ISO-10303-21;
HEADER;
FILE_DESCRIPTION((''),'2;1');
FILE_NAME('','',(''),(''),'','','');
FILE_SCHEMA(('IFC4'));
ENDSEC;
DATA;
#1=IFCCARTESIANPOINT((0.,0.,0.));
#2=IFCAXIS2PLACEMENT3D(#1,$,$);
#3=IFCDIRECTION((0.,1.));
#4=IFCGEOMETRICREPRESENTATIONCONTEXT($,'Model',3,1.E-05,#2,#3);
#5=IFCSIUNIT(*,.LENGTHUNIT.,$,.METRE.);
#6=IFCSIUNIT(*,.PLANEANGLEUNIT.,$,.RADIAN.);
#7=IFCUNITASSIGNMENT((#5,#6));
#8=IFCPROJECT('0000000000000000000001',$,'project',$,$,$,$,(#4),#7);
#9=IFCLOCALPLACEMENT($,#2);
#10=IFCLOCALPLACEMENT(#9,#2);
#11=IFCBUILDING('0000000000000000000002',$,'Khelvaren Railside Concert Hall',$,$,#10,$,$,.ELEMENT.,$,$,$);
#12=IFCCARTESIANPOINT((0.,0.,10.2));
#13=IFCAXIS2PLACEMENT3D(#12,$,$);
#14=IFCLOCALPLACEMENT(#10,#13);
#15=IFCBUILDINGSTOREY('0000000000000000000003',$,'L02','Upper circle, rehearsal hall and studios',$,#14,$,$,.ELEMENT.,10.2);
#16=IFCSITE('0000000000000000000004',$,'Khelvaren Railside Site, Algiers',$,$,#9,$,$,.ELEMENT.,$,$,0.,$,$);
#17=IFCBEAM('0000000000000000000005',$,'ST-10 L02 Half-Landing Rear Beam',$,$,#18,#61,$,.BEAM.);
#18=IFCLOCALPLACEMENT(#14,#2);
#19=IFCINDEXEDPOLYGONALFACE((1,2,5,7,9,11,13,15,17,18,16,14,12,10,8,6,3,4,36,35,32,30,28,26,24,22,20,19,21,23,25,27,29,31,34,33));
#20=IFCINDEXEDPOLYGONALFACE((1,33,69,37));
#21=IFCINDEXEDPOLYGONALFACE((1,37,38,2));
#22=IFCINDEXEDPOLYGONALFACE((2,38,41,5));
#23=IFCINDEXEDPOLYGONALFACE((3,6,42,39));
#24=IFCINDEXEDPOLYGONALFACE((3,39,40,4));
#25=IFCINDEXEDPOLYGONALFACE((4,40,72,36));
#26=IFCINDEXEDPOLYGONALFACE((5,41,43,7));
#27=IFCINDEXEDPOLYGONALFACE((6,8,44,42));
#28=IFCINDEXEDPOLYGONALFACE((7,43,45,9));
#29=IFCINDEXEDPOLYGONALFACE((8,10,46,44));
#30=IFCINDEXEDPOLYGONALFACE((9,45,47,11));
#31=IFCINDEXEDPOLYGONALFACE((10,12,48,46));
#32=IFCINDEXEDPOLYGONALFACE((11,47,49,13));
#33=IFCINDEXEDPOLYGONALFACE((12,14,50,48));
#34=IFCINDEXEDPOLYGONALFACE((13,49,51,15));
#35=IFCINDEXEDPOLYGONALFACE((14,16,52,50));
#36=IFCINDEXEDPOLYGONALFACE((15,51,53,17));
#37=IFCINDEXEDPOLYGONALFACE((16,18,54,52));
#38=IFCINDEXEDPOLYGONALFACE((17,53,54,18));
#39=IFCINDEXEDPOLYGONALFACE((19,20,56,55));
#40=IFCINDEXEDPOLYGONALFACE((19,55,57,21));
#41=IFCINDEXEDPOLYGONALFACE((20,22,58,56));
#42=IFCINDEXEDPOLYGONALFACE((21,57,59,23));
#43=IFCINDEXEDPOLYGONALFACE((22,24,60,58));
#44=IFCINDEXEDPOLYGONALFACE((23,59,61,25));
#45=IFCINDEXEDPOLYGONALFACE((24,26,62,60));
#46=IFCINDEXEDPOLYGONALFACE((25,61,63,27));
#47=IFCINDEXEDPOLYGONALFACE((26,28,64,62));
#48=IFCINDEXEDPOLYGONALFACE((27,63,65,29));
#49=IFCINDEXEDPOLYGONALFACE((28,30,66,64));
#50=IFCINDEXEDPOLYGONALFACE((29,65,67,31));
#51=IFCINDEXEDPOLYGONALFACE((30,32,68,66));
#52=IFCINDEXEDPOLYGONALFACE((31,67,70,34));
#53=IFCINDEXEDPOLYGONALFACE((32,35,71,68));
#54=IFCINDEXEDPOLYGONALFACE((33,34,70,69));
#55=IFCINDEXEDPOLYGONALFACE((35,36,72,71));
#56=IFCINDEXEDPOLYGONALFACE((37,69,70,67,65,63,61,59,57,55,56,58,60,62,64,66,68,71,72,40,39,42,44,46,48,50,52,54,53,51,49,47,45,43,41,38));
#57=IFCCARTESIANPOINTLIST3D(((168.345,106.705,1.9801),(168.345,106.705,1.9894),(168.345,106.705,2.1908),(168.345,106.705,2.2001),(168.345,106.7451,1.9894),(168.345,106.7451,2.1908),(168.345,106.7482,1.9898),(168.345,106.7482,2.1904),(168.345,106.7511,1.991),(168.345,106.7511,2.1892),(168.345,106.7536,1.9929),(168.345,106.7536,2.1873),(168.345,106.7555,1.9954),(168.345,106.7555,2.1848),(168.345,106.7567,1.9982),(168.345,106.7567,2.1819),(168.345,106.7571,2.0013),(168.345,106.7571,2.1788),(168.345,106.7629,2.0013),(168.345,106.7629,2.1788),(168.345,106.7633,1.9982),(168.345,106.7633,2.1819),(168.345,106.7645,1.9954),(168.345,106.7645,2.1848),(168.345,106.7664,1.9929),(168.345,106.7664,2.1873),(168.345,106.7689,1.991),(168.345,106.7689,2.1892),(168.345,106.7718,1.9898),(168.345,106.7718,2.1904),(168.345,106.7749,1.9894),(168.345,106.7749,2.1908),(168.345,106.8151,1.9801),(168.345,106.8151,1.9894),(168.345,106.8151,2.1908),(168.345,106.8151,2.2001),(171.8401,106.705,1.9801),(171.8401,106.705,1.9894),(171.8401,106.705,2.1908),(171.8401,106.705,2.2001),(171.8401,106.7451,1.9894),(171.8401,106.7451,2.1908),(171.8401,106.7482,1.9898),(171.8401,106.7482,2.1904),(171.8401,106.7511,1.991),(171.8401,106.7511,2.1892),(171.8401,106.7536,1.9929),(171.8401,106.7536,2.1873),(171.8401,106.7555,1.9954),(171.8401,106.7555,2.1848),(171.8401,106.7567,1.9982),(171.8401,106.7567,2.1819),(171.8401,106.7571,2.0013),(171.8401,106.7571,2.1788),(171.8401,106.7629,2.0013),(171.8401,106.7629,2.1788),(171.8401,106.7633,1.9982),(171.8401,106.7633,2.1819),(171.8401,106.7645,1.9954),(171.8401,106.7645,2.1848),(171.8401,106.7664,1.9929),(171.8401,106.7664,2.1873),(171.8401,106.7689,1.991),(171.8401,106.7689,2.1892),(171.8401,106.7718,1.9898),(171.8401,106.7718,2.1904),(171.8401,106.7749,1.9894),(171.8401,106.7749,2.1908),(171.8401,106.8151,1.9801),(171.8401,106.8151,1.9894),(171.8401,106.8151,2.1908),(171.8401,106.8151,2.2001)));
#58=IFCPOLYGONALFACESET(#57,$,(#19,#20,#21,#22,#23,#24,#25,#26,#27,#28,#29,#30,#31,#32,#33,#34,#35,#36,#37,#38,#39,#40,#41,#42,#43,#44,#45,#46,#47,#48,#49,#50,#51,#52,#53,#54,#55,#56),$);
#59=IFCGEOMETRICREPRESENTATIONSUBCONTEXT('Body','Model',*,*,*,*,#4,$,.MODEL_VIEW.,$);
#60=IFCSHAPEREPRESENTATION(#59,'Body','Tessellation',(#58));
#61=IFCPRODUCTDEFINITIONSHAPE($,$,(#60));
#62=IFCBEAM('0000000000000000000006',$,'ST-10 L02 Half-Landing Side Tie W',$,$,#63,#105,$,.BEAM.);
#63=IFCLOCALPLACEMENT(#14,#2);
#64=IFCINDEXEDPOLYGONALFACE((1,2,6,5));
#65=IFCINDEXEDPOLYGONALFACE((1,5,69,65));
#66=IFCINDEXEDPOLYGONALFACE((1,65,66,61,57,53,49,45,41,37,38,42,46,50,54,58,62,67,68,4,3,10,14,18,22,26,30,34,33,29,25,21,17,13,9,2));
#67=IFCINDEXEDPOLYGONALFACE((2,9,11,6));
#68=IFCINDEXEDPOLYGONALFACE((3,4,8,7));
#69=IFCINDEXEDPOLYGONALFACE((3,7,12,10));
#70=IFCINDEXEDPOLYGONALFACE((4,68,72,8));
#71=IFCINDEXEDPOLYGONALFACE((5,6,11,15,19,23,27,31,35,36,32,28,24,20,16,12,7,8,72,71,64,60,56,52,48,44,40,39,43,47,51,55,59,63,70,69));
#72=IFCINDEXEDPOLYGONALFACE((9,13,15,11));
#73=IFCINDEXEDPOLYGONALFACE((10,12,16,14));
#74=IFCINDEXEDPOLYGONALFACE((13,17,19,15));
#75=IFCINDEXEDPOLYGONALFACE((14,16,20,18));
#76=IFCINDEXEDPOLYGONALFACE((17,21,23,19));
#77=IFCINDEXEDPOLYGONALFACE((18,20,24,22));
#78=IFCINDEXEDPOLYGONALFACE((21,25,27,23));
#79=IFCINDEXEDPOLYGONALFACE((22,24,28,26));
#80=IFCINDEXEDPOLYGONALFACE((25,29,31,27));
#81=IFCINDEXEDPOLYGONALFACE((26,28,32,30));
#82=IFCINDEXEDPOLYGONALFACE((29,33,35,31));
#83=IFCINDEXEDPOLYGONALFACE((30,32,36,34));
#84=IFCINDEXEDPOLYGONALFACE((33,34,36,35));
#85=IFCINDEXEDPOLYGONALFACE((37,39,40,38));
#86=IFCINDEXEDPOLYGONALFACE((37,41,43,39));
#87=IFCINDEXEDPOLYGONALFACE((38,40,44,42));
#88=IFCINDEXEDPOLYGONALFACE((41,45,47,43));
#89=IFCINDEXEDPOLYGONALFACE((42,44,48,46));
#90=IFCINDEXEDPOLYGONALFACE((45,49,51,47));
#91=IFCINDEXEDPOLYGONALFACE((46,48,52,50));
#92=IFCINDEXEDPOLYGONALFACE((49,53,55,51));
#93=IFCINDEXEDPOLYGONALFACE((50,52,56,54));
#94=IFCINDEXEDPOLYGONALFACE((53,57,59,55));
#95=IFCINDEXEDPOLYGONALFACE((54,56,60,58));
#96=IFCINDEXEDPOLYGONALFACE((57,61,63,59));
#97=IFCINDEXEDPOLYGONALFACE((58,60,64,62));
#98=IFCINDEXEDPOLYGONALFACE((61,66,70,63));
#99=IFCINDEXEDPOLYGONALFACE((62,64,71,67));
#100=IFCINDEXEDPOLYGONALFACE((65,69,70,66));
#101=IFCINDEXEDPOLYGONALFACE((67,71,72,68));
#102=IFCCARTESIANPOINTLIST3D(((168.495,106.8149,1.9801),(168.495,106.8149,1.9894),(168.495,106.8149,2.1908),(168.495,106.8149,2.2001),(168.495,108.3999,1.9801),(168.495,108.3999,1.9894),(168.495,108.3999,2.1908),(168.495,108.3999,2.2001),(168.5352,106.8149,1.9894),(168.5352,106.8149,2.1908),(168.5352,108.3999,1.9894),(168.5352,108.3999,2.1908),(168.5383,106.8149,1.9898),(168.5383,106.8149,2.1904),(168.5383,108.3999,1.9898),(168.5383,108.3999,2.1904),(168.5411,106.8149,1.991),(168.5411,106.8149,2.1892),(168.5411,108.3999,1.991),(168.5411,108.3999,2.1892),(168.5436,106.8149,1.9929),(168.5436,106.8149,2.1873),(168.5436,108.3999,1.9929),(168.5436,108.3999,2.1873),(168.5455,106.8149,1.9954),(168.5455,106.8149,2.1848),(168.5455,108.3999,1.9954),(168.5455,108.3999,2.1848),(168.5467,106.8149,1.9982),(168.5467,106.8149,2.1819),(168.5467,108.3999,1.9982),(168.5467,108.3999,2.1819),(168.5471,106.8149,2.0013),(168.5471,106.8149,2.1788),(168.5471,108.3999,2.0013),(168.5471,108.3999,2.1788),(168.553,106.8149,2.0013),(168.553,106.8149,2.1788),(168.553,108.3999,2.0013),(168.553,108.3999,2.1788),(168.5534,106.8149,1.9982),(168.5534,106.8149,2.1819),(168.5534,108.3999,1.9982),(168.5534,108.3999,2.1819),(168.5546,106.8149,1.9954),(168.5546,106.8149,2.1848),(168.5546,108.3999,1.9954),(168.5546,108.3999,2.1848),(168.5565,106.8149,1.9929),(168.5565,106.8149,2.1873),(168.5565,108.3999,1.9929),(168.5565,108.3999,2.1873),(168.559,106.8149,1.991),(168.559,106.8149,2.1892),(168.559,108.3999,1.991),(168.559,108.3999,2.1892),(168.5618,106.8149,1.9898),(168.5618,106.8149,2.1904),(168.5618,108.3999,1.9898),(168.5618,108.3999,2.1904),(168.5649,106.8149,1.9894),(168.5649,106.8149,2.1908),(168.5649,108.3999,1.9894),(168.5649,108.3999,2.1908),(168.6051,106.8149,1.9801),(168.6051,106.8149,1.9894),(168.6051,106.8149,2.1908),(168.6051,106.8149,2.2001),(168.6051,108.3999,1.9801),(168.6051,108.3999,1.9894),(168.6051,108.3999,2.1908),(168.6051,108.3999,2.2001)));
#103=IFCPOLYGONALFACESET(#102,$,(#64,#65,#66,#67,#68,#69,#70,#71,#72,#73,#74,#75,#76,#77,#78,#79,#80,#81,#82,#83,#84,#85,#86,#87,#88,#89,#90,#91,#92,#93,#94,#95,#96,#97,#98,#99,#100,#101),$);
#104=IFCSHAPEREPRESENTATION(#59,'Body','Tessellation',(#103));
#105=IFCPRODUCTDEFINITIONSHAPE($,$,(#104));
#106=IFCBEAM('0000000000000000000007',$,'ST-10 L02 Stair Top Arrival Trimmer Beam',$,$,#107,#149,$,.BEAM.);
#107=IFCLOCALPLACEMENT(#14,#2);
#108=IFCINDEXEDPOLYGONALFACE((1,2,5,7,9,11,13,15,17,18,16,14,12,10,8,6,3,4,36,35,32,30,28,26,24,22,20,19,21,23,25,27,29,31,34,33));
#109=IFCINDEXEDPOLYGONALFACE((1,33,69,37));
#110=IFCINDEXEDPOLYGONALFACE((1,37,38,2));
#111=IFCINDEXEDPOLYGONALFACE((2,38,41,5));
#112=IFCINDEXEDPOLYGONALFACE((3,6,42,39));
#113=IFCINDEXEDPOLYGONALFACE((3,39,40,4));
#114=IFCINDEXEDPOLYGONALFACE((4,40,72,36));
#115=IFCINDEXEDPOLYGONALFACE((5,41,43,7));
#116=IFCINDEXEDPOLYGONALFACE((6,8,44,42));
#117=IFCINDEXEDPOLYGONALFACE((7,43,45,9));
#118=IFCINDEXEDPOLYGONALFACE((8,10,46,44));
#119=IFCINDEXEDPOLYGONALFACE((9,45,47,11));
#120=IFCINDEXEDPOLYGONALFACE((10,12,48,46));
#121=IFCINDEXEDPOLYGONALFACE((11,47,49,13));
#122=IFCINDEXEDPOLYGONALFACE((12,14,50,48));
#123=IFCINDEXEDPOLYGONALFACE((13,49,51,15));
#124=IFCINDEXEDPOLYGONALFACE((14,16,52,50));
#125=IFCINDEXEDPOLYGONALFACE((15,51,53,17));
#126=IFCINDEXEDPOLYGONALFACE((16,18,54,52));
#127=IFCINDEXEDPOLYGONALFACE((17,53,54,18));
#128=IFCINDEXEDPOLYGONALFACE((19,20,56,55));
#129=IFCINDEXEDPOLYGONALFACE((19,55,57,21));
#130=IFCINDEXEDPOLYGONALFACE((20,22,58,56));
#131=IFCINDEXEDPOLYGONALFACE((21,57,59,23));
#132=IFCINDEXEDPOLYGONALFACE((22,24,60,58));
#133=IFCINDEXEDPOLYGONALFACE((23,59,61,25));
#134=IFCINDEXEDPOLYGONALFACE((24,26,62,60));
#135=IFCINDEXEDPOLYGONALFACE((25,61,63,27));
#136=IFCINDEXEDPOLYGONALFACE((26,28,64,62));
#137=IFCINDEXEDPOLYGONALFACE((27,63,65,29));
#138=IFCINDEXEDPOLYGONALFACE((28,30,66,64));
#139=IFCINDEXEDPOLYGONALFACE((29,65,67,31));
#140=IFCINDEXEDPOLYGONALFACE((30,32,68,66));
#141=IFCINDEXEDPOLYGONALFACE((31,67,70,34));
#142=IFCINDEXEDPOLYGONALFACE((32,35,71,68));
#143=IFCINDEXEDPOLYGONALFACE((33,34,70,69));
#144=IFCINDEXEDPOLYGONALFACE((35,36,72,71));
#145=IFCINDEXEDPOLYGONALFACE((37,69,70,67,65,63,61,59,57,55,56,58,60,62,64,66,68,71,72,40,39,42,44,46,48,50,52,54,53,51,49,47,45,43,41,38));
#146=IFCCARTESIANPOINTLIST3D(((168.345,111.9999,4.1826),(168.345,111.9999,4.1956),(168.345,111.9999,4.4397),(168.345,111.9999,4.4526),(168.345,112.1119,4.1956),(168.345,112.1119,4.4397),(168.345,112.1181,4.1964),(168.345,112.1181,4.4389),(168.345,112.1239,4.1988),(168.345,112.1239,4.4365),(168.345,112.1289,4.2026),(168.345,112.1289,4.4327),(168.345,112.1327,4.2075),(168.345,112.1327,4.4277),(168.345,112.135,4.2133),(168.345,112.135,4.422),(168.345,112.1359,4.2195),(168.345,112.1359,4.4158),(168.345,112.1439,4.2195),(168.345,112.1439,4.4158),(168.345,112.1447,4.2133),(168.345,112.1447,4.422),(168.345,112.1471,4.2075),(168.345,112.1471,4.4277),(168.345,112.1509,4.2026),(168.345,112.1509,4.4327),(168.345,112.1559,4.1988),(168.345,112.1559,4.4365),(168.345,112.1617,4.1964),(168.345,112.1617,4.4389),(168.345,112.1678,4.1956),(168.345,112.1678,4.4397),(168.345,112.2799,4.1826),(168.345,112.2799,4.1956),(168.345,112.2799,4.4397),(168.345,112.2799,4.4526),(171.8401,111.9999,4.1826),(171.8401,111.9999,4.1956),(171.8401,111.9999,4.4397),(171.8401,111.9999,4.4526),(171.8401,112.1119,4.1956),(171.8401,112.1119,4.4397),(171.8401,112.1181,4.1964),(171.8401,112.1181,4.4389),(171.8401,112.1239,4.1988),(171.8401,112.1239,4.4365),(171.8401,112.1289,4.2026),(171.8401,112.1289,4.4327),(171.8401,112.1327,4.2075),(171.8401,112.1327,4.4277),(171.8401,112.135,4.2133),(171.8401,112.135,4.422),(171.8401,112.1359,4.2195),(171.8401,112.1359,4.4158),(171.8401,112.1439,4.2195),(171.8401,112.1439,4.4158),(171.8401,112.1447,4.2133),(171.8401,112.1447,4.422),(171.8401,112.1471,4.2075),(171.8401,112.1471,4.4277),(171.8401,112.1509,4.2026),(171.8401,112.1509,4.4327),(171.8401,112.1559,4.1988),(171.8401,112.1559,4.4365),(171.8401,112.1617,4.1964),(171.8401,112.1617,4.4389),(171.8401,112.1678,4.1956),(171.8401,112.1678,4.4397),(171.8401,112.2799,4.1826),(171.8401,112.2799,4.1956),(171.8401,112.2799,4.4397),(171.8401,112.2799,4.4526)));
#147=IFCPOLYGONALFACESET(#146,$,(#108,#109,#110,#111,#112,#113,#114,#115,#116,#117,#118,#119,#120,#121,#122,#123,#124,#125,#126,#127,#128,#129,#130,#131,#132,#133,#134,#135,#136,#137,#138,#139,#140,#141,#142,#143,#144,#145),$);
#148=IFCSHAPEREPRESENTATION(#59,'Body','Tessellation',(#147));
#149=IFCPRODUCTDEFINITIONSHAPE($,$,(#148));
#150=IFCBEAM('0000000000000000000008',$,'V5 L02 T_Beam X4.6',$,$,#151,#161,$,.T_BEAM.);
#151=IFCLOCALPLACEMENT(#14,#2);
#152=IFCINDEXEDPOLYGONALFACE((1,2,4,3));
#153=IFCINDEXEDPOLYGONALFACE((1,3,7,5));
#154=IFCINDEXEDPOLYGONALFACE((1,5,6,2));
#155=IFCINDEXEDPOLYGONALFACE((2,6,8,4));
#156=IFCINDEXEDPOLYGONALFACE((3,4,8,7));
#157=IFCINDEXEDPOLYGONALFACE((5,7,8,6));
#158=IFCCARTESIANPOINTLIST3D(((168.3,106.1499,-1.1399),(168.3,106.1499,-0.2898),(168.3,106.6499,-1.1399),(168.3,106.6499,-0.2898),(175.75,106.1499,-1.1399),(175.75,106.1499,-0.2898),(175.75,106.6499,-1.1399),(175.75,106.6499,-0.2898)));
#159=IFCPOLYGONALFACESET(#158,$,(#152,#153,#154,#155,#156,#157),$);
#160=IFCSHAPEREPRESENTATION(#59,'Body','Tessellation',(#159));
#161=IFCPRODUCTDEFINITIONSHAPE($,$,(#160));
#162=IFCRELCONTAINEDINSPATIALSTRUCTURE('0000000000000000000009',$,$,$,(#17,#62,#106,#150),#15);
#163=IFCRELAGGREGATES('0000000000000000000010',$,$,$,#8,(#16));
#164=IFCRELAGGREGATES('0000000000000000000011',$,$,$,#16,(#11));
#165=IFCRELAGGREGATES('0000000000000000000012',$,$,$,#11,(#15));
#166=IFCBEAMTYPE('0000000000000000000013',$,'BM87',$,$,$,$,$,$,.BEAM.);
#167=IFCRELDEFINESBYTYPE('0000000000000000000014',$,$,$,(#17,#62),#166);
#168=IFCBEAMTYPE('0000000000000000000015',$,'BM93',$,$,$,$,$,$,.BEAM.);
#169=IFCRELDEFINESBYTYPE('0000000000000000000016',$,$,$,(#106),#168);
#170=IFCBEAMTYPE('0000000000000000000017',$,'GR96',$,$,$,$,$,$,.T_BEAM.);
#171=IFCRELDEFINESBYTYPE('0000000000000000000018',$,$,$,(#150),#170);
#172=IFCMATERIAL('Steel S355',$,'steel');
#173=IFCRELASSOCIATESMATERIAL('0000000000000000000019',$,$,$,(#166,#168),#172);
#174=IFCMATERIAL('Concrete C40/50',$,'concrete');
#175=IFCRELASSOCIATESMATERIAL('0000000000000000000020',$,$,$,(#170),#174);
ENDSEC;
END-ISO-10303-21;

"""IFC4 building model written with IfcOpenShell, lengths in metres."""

from ifc_helpers import new_model, si_unit, direction, frame, origin, origin_2d, place, context, subcontext, project, spatial, rectangle, i_section, extrude, material, material_profile, profile_set, type_object, element, save


model = new_model("IFC4")

# Units and contexts
model_context = context("Model", 3, precision=1e-05, world=origin(), true_north=direction((0.0, 1.0)))
body_context = subcontext(model_context, "Body", "Model", "MODEL_VIEW")
ifc_project = project(units=[si_unit("LENGTHUNIT", "METRE"), si_unit("PLANEANGLEUNIT", "RADIAN")], contexts=[model_context])

# Site, building, storey
site_placement = place(None, origin())
site = spatial("IfcSite", under=ifc_project, at=site_placement, Name="Khelvaren Railside Site, Algiers", CompositionType="ELEMENT", RefElevation=0.0)
building_placement = place(site_placement, origin())
building = spatial("IfcBuilding", under=site, at=building_placement, Name="Khelvaren Railside Concert Hall", CompositionType="ELEMENT")
storey_placement = place(building_placement, frame((0.0, 0.0, 10.2)))
storey = spatial("IfcBuildingStorey", under=building, at=storey_placement, Name="L02", Description="Upper circle, rehearsal hall and studios", CompositionType="ELEMENT", Elevation=10.2)

# Beams
ifc_material_1 = material(Name="Steel S355", Category="steel")
ifc_material_profile_1 = material_profile(ifc_material_1, i_section(OverallWidth=0.1101, OverallDepth=0.22, WebThickness=0.0059, FlangeThickness=0.0093, FilletRadius=0.012, at=origin_2d()), Name="IPE 220")
ifc_profile_set_1 = profile_set([ifc_material_profile_1], Name="Steel S355")
beam_type_1 = type_object("IfcBeamType", Name="BM87", PredefinedType="BEAM", material=ifc_profile_set_1)
for number, where, z_axis, x_axis, name in (
    (1, (168.345, 106.76, 2.0901), (1.0, 0.0, 0.0), (0.0, 1.0, 0.0), "ST-10 L02 Half-Landing Rear Beam"),
):
    element("IfcBeam", number, at=place(storey_placement, frame(where, z_axis=z_axis, x_axis=x_axis)), inside=storey, type_object=beam_type_1, Name=name, PredefinedType="BEAM", context=body_context, shape_type="SweptSolid", body=[
        extrude(i_section(OverallWidth=0.1101, OverallDepth=0.22, WebThickness=0.0059, FlangeThickness=0.0093, FilletRadius=0.012, at=origin_2d()), origin(), (0.0, 0.0, 1.0), 3.4951),
    ])
beam_1_placement = place(storey_placement, frame((168.55, 106.8149, 2.0901), z_axis=(0.0, 1.0, 0.0), x_axis=(-1.0, 0.0, 0.0)))
element("IfcBeam", 2, at=beam_1_placement, inside=storey, type_object=beam_type_1, Name="ST-10 L02 Half-Landing Side Tie W", PredefinedType="BEAM", context=body_context, shape_type="SweptSolid", body=[
    extrude(i_section(OverallWidth=0.1101, OverallDepth=0.22, WebThickness=0.0059, FlangeThickness=0.0093, FilletRadius=0.012, at=origin_2d()), origin(), (0.0, 0.0, 1.0), 1.585),
])
ifc_material_profile_2 = material_profile(ifc_material_1, i_section(OverallWidth=0.28, OverallDepth=0.27, WebThickness=0.0081, FlangeThickness=0.0129, FilletRadius=0.0239, at=origin_2d()), Name="HEA 280")
ifc_profile_set_2 = profile_set([ifc_material_profile_2], Name="Steel S355")
beam_type_2 = type_object("IfcBeamType", Name="BM93", PredefinedType="BEAM", material=ifc_profile_set_2)
beam_2_placement = place(storey_placement, frame((168.345, 112.1399, 4.3176), z_axis=(1.0, 0.0, 0.0), x_axis=(0.0, 1.0, 0.0)))
element("IfcBeam", 3, at=beam_2_placement, inside=storey, type_object=beam_type_2, Name="ST-10 L02 Stair Top Arrival Trimmer Beam", PredefinedType="BEAM", context=body_context, shape_type="SweptSolid", body=[
    extrude(i_section(OverallWidth=0.28, OverallDepth=0.27, WebThickness=0.0081, FlangeThickness=0.0129, FilletRadius=0.0239, at=origin_2d()), origin(), (0.0, 0.0, 1.0), 3.4951),
])
ifc_material_2 = material(Name="Concrete C40/50", Category="concrete")
ifc_material_profile_3 = material_profile(ifc_material_2, rectangle(XDim=0.5, YDim=0.8501, at=origin_2d()), Name="RCB 500x850")
ifc_profile_set_3 = profile_set([ifc_material_profile_3], Name="Concrete C40/50")
beam_type_3 = type_object("IfcBeamType", Name="GR96", PredefinedType="T_BEAM", material=ifc_profile_set_3)
beam_3_placement = place(storey_placement, frame((168.3, 106.3999, -0.7148), z_axis=(1.0, 0.0, 0.0), x_axis=(0.0, 1.0, 0.0)))
element("IfcBeam", 4, at=beam_3_placement, inside=storey, type_object=beam_type_3, Name="V5 L02 T_Beam X4.6", PredefinedType="T_BEAM", context=body_context, shape_type="SweptSolid", body=[
    extrude(rectangle(XDim=0.5, YDim=0.8501, at=origin_2d()), origin(), (0.0, 0.0, 1.0), 7.45),
])

save(model, "model.ifc")
